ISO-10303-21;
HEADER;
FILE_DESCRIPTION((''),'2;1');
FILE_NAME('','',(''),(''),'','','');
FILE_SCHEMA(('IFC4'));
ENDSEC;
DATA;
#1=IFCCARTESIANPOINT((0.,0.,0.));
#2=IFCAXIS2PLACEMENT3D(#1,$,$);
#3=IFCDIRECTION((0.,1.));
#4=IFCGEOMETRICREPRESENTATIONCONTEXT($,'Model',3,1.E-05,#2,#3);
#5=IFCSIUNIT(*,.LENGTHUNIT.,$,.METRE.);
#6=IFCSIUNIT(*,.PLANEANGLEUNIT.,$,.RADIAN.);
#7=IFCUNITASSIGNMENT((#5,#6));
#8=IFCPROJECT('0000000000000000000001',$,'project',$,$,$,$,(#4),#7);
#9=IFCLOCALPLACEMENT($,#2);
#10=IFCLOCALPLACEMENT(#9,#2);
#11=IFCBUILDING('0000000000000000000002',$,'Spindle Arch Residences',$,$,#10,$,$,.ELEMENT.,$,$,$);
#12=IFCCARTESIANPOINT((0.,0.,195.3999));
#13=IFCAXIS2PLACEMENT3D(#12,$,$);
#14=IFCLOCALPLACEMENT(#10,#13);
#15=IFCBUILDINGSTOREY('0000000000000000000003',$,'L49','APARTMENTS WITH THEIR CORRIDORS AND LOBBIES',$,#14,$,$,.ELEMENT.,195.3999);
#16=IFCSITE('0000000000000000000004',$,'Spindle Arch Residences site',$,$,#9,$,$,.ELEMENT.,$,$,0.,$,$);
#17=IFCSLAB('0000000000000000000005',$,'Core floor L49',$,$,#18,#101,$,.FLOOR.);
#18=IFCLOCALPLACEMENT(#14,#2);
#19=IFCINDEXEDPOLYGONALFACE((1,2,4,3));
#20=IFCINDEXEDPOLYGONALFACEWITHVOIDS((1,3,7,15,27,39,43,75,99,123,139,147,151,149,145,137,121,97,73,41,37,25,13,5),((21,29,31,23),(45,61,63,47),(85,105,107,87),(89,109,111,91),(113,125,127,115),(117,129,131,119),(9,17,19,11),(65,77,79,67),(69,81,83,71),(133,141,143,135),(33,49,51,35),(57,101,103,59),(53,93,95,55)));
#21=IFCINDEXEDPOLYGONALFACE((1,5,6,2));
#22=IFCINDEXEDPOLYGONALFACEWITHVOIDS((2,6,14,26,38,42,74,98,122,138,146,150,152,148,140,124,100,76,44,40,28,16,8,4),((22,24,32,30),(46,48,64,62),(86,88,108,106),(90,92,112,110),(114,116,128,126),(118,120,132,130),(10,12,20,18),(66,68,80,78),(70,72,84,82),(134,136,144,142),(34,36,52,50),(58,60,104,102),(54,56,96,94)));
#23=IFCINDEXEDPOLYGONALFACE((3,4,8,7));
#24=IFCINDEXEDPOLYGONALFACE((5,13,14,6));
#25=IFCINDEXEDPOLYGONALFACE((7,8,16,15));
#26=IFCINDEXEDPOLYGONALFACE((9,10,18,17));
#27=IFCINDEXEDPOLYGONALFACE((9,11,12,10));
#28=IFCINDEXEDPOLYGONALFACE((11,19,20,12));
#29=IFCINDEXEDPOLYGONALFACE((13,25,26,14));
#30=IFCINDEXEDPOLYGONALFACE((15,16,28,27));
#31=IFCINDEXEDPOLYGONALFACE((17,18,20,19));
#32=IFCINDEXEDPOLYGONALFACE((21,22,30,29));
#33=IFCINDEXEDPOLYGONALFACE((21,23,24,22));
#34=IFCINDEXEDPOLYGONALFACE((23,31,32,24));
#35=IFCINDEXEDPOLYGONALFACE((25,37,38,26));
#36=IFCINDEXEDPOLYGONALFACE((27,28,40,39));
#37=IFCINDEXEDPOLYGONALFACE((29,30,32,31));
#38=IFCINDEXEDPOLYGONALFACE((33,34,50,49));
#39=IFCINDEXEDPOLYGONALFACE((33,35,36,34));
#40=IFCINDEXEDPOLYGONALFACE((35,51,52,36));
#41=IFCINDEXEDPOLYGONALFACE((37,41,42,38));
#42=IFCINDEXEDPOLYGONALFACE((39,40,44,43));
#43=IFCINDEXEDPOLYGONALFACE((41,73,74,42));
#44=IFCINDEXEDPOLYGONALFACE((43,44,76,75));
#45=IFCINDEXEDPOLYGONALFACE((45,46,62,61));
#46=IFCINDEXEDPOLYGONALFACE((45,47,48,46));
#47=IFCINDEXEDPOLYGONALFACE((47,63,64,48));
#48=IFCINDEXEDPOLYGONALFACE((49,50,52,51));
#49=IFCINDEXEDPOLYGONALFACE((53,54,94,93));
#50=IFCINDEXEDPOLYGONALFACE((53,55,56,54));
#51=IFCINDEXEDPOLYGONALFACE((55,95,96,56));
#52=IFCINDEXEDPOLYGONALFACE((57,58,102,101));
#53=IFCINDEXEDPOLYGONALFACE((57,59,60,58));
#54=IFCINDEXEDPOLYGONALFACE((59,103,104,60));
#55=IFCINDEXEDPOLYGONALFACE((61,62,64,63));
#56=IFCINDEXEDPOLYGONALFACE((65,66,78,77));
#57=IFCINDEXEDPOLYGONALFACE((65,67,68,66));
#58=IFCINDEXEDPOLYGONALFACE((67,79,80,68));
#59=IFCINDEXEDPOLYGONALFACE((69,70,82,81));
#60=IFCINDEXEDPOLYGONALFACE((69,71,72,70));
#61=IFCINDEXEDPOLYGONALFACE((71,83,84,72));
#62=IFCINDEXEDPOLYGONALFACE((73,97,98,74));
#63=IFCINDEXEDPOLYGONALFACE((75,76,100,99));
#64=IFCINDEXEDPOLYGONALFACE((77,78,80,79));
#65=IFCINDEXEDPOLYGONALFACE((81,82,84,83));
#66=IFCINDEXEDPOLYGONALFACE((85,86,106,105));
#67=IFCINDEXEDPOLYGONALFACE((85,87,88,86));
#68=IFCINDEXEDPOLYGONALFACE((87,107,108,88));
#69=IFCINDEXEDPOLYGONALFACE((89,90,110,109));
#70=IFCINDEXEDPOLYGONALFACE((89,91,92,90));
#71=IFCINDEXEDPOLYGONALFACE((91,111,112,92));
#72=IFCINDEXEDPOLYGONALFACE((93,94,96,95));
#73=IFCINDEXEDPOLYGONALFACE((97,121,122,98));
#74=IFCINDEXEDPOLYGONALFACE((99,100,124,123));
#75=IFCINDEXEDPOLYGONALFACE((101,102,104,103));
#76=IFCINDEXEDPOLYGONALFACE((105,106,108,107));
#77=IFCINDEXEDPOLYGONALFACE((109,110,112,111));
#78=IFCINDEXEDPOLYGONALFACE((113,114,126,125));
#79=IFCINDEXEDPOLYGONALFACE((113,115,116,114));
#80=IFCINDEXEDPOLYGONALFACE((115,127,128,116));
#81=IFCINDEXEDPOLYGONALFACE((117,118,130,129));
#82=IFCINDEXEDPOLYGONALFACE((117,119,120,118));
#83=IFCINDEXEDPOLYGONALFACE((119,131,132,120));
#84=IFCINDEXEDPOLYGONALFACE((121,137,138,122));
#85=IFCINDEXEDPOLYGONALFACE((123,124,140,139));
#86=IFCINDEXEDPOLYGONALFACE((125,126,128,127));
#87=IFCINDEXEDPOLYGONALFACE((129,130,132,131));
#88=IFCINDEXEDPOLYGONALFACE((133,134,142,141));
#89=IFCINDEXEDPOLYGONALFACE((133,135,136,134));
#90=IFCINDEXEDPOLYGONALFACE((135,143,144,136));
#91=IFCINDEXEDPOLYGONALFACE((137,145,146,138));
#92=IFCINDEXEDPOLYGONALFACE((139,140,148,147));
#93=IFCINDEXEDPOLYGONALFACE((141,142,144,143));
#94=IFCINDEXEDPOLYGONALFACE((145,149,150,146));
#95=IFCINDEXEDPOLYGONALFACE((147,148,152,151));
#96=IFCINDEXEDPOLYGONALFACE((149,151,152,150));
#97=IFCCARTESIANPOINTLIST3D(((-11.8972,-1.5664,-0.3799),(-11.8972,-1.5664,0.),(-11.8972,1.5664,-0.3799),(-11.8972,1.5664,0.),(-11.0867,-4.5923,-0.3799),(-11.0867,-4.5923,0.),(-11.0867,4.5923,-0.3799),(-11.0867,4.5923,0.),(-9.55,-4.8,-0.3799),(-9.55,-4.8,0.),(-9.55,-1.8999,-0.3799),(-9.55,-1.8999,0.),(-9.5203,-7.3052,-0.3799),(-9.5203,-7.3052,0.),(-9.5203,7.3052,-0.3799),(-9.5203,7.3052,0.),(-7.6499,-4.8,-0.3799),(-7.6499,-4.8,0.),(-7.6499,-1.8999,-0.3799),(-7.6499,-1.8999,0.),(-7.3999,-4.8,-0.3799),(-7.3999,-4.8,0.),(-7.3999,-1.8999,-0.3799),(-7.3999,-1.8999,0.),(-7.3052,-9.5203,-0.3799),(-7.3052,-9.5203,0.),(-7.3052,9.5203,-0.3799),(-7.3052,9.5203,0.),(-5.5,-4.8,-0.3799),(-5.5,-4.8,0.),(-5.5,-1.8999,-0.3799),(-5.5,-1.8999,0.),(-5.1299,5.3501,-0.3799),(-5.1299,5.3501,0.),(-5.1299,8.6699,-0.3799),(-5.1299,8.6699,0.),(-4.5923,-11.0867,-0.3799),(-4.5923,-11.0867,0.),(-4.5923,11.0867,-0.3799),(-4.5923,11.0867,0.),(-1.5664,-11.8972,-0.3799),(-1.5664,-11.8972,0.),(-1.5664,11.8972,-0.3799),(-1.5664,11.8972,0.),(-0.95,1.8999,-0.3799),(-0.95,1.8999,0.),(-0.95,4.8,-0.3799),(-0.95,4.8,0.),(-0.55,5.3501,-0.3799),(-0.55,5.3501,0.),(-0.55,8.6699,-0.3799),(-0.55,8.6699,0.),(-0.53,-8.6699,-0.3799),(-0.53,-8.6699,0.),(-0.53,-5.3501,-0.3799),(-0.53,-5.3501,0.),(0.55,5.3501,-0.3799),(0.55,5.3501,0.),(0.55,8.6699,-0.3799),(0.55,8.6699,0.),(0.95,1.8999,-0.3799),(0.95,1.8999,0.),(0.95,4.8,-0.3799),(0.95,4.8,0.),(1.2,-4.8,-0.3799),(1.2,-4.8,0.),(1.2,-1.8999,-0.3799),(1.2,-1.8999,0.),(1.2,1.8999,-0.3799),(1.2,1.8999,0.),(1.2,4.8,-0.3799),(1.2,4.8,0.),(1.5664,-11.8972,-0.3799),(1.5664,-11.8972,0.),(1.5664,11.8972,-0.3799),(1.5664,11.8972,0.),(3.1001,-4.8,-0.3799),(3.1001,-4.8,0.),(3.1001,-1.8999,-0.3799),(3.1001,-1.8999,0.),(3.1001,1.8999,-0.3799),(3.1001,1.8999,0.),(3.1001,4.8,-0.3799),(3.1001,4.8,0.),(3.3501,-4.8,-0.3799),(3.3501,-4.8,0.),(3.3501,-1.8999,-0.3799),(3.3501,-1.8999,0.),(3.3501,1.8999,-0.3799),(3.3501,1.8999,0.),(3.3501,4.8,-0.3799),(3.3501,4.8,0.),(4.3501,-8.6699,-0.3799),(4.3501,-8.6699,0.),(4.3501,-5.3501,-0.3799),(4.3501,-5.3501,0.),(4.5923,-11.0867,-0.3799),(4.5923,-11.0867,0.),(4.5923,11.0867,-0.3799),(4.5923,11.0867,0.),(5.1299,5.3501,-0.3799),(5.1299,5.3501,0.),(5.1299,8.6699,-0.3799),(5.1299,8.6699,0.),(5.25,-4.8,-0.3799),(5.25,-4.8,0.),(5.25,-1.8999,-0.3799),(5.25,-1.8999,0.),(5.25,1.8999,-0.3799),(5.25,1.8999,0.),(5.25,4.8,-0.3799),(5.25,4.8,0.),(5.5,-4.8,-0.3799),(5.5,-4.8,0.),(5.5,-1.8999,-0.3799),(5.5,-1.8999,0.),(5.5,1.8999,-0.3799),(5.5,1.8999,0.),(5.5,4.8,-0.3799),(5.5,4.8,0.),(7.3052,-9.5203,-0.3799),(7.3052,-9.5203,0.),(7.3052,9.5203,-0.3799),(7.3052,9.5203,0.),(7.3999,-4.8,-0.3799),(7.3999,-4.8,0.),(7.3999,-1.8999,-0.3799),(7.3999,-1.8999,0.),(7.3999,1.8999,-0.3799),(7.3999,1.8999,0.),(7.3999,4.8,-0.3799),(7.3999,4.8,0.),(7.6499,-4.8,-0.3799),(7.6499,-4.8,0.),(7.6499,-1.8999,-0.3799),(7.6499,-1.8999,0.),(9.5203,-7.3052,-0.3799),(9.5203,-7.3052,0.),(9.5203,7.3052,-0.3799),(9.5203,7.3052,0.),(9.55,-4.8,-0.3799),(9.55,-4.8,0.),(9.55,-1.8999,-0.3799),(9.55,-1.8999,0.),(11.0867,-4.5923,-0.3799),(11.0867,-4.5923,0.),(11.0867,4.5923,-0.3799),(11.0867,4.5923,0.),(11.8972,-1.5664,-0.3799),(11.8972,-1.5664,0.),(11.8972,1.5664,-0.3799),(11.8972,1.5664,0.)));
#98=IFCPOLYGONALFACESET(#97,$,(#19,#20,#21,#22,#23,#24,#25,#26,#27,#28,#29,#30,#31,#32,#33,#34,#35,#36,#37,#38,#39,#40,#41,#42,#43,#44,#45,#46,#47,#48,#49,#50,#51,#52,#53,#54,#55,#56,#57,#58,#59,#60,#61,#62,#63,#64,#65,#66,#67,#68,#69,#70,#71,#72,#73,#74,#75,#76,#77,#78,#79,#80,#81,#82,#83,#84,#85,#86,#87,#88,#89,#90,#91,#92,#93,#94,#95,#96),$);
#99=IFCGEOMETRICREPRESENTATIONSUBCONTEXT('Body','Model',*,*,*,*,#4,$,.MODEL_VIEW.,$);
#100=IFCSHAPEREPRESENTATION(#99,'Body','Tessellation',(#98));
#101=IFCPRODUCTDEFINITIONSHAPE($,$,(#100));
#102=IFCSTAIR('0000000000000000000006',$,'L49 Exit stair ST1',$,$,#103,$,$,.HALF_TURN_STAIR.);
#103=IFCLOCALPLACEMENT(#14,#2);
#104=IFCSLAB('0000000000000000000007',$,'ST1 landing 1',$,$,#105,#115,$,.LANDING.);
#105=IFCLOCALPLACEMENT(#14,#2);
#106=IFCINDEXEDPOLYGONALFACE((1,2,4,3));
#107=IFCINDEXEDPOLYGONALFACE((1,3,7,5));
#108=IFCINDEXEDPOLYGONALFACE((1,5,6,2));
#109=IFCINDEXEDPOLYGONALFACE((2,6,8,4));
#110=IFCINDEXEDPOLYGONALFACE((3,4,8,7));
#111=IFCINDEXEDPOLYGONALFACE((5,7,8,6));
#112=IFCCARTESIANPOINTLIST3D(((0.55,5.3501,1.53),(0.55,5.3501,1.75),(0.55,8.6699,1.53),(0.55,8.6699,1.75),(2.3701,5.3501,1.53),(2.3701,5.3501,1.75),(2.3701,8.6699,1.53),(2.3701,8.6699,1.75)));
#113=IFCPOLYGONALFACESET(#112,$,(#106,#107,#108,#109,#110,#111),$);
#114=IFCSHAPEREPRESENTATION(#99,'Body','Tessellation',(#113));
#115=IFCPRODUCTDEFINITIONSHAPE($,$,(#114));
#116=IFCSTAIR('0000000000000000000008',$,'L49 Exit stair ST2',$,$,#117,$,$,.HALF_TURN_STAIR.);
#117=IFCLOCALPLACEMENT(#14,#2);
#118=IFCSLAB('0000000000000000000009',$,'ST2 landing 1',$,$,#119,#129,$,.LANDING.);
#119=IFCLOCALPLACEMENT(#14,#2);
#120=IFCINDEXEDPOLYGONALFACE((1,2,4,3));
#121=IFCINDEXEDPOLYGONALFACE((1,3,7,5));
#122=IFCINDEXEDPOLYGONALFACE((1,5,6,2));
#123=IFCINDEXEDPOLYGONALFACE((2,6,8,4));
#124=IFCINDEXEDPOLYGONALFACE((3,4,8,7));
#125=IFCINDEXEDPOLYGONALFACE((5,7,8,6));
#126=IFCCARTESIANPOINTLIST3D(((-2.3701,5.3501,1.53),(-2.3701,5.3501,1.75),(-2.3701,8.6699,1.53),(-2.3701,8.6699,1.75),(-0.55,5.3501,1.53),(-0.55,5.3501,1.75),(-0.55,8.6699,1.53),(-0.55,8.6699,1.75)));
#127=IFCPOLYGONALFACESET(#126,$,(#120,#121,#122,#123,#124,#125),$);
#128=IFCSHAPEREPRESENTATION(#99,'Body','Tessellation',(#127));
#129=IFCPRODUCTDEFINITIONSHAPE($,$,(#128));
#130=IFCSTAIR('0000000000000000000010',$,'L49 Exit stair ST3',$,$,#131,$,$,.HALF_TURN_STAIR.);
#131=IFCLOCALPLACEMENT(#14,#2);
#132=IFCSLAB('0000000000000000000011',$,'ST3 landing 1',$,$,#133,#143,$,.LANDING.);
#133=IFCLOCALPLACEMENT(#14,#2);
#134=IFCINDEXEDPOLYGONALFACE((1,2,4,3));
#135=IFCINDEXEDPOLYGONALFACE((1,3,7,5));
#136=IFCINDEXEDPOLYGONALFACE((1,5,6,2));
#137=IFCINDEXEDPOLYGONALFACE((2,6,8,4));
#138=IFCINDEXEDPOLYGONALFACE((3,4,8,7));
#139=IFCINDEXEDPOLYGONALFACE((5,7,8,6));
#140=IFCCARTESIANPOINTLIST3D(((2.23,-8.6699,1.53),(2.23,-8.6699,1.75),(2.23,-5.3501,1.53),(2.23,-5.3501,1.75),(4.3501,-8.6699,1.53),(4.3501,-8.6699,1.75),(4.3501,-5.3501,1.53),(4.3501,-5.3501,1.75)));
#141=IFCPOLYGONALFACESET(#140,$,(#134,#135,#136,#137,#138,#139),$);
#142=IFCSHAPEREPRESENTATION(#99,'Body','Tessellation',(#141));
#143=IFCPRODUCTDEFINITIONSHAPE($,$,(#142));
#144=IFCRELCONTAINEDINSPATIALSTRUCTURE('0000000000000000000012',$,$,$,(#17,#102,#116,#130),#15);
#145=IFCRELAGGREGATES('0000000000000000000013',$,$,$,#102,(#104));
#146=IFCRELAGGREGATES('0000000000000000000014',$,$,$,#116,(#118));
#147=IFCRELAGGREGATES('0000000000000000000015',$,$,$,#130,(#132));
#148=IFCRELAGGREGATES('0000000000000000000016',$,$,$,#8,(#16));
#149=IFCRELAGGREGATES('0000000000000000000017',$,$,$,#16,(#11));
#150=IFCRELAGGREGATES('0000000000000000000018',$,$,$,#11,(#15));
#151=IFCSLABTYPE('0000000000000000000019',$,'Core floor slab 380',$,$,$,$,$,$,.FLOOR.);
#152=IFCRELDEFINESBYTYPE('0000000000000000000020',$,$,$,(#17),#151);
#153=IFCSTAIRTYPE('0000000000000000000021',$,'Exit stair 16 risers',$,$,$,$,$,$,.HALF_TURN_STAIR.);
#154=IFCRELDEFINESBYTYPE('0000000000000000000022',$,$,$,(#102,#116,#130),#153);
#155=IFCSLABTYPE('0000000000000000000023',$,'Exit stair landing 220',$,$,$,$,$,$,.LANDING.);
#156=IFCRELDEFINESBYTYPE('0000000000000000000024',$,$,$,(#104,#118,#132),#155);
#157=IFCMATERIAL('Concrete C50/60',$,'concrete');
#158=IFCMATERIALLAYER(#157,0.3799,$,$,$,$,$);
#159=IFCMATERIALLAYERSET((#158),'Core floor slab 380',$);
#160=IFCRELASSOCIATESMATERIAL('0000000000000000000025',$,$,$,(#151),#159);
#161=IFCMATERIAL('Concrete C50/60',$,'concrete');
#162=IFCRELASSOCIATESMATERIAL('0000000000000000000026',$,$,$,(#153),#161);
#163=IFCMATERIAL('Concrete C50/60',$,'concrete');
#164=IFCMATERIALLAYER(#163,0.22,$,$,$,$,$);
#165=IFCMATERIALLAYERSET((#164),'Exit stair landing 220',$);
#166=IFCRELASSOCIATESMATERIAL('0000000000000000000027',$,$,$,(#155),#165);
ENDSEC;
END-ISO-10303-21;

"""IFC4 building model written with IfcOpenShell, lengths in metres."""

from ifc_helpers import new_model, si_unit, direction, frame, origin, place, context, subcontext, project, spatial, polyline, outline, extrude, material, layer, layer_set, type_object, element, aggregate, save


model = new_model("IFC4")

# Units and contexts
model_context = context("Model", 3, precision=1e-05, world=origin(), true_north=direction((0.0, 1.0)))
body_context = subcontext(model_context, "Body", "Model", "MODEL_VIEW")
ifc_project = project(units=[si_unit("LENGTHUNIT", "METRE"), si_unit("PLANEANGLEUNIT", "RADIAN")], contexts=[model_context])

# Site, building, storey
site_placement = place(None, origin())
site = spatial("IfcSite", under=ifc_project, at=site_placement, Name="Spindle Arch Residences site", CompositionType="ELEMENT", RefElevation=0.0)
building_placement = place(site_placement, origin())
building = spatial("IfcBuilding", under=site, at=building_placement, Name="Spindle Arch Residences", CompositionType="ELEMENT")
storey_placement = place(building_placement, frame((0.0, 0.0, 195.3999)))
storey = spatial("IfcBuildingStorey", under=building, at=storey_placement, Name="L49", Description="APARTMENTS WITH THEIR CORRIDORS AND LOBBIES", CompositionType="ELEMENT", Elevation=195.3999)

# Slab
ifc_material_1 = material(Name="Concrete C50/60", Category="concrete")
ifc_layer_1 = layer(ifc_material_1, 0.3799)
ifc_layer_set_1 = layer_set([ifc_layer_1], Name="Core floor slab 380")
slab_type_1 = type_object("IfcSlabType", Name="Core floor slab 380", PredefinedType="FLOOR", material=ifc_layer_set_1)
slab_1_placement = place(storey_placement, frame((0.0, 0.0, -0.3799)))
element("IfcSlab", 1, at=slab_1_placement, inside=storey, type_object=slab_type_1, Name="Core floor L49", PredefinedType="FLOOR", context=body_context, shape_type="SweptSolid", body=[
    extrude(outline(polyline([(1.5664, -11.8972), (4.5923, -11.0867), (7.3052, -9.5203), (9.5203, -7.3052), (11.0867, -4.5923), (11.8972, -1.5664), (11.8972, 1.5664), (11.0867, 4.5923), (9.5203, 7.3052), (7.3052, 9.5203), (4.5923, 11.0867), (1.5664, 11.8972), (-1.5664, 11.8972), (-4.5923, 11.0867), (-7.3052, 9.5203), (-9.5203, 7.3052), (-11.0867, 4.5923), (-11.8972, 1.5664), (-11.8972, -1.5664), (-11.0867, -4.5923), (-9.5203, -7.3052), (-7.3052, -9.5203), (-4.5923, -11.0867), (-1.5664, -11.8972), (1.5664, -11.8972)]), holes=[polyline([(-0.95, 1.8999), (0.95, 1.8999), (0.95, 4.8), (-0.95, 4.8), (-0.95, 1.8999)]), polyline([(1.2, 1.8999), (3.1001, 1.8999), (3.1001, 4.8), (1.2, 4.8), (1.2, 1.8999)]), polyline([(3.3501, 1.8999), (5.25, 1.8999), (5.25, 4.8), (3.3501, 4.8), (3.3501, 1.8999)]), polyline([(5.5, 1.8999), (7.3999, 1.8999), (7.3999, 4.8), (5.5, 4.8), (5.5, 1.8999)]), polyline([(-9.55, -4.8), (-7.6499, -4.8), (-7.6499, -1.8999), (-9.55, -1.8999), (-9.55, -4.8)]), polyline([(-7.3999, -4.8), (-5.5, -4.8), (-5.5, -1.8999), (-7.3999, -1.8999), (-7.3999, -4.8)]), polyline([(1.2, -4.8), (3.1001, -4.8), (3.1001, -1.8999), (1.2, -1.8999), (1.2, -4.8)]), polyline([(3.3501, -4.8), (5.25, -4.8), (5.25, -1.8999), (3.3501, -1.8999), (3.3501, -4.8)]), polyline([(5.5, -4.8), (7.3999, -4.8), (7.3999, -1.8999), (5.5, -1.8999), (5.5, -4.8)]), polyline([(7.6499, -4.8), (9.55, -4.8), (9.55, -1.8999), (7.6499, -1.8999), (7.6499, -4.8)]), polyline([(5.1299, 8.6699), (0.55, 8.6699), (0.55, 5.3501), (5.1299, 5.3501), (5.1299, 8.6699)]), polyline([(-5.1299, 5.3501), (-0.55, 5.3501), (-0.55, 8.6699), (-5.1299, 8.6699), (-5.1299, 5.3501)]), polyline([(-0.53, -8.6699), (4.3501, -8.6699), (4.3501, -5.3501), (-0.53, -5.3501), (-0.53, -8.6699)])]), origin(), (0.0, 0.0, 1.0), 0.3799),
])

# Stairs, slabs
ifc_material_2 = material(Name="Concrete C50/60", Category="concrete")
stair_type = type_object("IfcStairType", Name="Exit stair 16 risers", PredefinedType="HALF_TURN_STAIR", material=ifc_material_2)
stair_1_placement = place(storey_placement, origin())
stair_1 = element("IfcStair", 2, at=stair_1_placement, inside=storey, type_object=stair_type, Name="L49 Exit stair ST1", PredefinedType="HALF_TURN_STAIR")
ifc_material_3 = material(Name="Concrete C50/60", Category="concrete")
ifc_layer_2 = layer(ifc_material_3, 0.22)
ifc_layer_set_2 = layer_set([ifc_layer_2], Name="Exit stair landing 220")
slab_type_2 = type_object("IfcSlabType", Name="Exit stair landing 220", PredefinedType="LANDING", material=ifc_layer_set_2)
slab_2_placement = place(storey_placement, frame((0.0, 0.0, 1.53)))
slab_2 = element("IfcSlab", 3, at=slab_2_placement, type_object=slab_type_2, Name="ST1 landing 1", PredefinedType="LANDING", context=body_context, shape_type="SweptSolid", body=[
    extrude(outline(polyline([(2.3701, 8.6699), (0.55, 8.6699), (0.55, 5.3501), (2.3701, 5.3501), (2.3701, 8.6699)])), origin(), (0.0, 0.0, 1.0), 0.22),
])
aggregate(stair_1, [slab_2])
stair_2_placement = place(storey_placement, origin())
stair_2 = element("IfcStair", 4, at=stair_2_placement, inside=storey, type_object=stair_type, Name="L49 Exit stair ST2", PredefinedType="HALF_TURN_STAIR")
slab_3_placement = place(storey_placement, frame((0.0, 0.0, 1.53)))
slab_3 = element("IfcSlab", 5, at=slab_3_placement, type_object=slab_type_2, Name="ST2 landing 1", PredefinedType="LANDING", context=body_context, shape_type="SweptSolid", body=[
    extrude(outline(polyline([(-2.3701, 5.3501), (-0.55, 5.3501), (-0.55, 8.6699), (-2.3701, 8.6699), (-2.3701, 5.3501)])), origin(), (0.0, 0.0, 1.0), 0.22),
])
aggregate(stair_2, [slab_3])
stair_3_placement = place(storey_placement, origin())
stair_3 = element("IfcStair", 6, at=stair_3_placement, inside=storey, type_object=stair_type, Name="L49 Exit stair ST3", PredefinedType="HALF_TURN_STAIR")
slab_4_placement = place(storey_placement, frame((0.0, 0.0, 1.53)))
slab_4 = element("IfcSlab", 7, at=slab_4_placement, type_object=slab_type_2, Name="ST3 landing 1", PredefinedType="LANDING", context=body_context, shape_type="SweptSolid", body=[
    extrude(outline(polyline([(2.23, -8.6699), (4.3501, -8.6699), (4.3501, -5.3501), (2.23, -5.3501), (2.23, -8.6699)])), origin(), (0.0, 0.0, 1.0), 0.22),
])

aggregate(stair_3, [slab_4])

save(model, "model.ifc")
